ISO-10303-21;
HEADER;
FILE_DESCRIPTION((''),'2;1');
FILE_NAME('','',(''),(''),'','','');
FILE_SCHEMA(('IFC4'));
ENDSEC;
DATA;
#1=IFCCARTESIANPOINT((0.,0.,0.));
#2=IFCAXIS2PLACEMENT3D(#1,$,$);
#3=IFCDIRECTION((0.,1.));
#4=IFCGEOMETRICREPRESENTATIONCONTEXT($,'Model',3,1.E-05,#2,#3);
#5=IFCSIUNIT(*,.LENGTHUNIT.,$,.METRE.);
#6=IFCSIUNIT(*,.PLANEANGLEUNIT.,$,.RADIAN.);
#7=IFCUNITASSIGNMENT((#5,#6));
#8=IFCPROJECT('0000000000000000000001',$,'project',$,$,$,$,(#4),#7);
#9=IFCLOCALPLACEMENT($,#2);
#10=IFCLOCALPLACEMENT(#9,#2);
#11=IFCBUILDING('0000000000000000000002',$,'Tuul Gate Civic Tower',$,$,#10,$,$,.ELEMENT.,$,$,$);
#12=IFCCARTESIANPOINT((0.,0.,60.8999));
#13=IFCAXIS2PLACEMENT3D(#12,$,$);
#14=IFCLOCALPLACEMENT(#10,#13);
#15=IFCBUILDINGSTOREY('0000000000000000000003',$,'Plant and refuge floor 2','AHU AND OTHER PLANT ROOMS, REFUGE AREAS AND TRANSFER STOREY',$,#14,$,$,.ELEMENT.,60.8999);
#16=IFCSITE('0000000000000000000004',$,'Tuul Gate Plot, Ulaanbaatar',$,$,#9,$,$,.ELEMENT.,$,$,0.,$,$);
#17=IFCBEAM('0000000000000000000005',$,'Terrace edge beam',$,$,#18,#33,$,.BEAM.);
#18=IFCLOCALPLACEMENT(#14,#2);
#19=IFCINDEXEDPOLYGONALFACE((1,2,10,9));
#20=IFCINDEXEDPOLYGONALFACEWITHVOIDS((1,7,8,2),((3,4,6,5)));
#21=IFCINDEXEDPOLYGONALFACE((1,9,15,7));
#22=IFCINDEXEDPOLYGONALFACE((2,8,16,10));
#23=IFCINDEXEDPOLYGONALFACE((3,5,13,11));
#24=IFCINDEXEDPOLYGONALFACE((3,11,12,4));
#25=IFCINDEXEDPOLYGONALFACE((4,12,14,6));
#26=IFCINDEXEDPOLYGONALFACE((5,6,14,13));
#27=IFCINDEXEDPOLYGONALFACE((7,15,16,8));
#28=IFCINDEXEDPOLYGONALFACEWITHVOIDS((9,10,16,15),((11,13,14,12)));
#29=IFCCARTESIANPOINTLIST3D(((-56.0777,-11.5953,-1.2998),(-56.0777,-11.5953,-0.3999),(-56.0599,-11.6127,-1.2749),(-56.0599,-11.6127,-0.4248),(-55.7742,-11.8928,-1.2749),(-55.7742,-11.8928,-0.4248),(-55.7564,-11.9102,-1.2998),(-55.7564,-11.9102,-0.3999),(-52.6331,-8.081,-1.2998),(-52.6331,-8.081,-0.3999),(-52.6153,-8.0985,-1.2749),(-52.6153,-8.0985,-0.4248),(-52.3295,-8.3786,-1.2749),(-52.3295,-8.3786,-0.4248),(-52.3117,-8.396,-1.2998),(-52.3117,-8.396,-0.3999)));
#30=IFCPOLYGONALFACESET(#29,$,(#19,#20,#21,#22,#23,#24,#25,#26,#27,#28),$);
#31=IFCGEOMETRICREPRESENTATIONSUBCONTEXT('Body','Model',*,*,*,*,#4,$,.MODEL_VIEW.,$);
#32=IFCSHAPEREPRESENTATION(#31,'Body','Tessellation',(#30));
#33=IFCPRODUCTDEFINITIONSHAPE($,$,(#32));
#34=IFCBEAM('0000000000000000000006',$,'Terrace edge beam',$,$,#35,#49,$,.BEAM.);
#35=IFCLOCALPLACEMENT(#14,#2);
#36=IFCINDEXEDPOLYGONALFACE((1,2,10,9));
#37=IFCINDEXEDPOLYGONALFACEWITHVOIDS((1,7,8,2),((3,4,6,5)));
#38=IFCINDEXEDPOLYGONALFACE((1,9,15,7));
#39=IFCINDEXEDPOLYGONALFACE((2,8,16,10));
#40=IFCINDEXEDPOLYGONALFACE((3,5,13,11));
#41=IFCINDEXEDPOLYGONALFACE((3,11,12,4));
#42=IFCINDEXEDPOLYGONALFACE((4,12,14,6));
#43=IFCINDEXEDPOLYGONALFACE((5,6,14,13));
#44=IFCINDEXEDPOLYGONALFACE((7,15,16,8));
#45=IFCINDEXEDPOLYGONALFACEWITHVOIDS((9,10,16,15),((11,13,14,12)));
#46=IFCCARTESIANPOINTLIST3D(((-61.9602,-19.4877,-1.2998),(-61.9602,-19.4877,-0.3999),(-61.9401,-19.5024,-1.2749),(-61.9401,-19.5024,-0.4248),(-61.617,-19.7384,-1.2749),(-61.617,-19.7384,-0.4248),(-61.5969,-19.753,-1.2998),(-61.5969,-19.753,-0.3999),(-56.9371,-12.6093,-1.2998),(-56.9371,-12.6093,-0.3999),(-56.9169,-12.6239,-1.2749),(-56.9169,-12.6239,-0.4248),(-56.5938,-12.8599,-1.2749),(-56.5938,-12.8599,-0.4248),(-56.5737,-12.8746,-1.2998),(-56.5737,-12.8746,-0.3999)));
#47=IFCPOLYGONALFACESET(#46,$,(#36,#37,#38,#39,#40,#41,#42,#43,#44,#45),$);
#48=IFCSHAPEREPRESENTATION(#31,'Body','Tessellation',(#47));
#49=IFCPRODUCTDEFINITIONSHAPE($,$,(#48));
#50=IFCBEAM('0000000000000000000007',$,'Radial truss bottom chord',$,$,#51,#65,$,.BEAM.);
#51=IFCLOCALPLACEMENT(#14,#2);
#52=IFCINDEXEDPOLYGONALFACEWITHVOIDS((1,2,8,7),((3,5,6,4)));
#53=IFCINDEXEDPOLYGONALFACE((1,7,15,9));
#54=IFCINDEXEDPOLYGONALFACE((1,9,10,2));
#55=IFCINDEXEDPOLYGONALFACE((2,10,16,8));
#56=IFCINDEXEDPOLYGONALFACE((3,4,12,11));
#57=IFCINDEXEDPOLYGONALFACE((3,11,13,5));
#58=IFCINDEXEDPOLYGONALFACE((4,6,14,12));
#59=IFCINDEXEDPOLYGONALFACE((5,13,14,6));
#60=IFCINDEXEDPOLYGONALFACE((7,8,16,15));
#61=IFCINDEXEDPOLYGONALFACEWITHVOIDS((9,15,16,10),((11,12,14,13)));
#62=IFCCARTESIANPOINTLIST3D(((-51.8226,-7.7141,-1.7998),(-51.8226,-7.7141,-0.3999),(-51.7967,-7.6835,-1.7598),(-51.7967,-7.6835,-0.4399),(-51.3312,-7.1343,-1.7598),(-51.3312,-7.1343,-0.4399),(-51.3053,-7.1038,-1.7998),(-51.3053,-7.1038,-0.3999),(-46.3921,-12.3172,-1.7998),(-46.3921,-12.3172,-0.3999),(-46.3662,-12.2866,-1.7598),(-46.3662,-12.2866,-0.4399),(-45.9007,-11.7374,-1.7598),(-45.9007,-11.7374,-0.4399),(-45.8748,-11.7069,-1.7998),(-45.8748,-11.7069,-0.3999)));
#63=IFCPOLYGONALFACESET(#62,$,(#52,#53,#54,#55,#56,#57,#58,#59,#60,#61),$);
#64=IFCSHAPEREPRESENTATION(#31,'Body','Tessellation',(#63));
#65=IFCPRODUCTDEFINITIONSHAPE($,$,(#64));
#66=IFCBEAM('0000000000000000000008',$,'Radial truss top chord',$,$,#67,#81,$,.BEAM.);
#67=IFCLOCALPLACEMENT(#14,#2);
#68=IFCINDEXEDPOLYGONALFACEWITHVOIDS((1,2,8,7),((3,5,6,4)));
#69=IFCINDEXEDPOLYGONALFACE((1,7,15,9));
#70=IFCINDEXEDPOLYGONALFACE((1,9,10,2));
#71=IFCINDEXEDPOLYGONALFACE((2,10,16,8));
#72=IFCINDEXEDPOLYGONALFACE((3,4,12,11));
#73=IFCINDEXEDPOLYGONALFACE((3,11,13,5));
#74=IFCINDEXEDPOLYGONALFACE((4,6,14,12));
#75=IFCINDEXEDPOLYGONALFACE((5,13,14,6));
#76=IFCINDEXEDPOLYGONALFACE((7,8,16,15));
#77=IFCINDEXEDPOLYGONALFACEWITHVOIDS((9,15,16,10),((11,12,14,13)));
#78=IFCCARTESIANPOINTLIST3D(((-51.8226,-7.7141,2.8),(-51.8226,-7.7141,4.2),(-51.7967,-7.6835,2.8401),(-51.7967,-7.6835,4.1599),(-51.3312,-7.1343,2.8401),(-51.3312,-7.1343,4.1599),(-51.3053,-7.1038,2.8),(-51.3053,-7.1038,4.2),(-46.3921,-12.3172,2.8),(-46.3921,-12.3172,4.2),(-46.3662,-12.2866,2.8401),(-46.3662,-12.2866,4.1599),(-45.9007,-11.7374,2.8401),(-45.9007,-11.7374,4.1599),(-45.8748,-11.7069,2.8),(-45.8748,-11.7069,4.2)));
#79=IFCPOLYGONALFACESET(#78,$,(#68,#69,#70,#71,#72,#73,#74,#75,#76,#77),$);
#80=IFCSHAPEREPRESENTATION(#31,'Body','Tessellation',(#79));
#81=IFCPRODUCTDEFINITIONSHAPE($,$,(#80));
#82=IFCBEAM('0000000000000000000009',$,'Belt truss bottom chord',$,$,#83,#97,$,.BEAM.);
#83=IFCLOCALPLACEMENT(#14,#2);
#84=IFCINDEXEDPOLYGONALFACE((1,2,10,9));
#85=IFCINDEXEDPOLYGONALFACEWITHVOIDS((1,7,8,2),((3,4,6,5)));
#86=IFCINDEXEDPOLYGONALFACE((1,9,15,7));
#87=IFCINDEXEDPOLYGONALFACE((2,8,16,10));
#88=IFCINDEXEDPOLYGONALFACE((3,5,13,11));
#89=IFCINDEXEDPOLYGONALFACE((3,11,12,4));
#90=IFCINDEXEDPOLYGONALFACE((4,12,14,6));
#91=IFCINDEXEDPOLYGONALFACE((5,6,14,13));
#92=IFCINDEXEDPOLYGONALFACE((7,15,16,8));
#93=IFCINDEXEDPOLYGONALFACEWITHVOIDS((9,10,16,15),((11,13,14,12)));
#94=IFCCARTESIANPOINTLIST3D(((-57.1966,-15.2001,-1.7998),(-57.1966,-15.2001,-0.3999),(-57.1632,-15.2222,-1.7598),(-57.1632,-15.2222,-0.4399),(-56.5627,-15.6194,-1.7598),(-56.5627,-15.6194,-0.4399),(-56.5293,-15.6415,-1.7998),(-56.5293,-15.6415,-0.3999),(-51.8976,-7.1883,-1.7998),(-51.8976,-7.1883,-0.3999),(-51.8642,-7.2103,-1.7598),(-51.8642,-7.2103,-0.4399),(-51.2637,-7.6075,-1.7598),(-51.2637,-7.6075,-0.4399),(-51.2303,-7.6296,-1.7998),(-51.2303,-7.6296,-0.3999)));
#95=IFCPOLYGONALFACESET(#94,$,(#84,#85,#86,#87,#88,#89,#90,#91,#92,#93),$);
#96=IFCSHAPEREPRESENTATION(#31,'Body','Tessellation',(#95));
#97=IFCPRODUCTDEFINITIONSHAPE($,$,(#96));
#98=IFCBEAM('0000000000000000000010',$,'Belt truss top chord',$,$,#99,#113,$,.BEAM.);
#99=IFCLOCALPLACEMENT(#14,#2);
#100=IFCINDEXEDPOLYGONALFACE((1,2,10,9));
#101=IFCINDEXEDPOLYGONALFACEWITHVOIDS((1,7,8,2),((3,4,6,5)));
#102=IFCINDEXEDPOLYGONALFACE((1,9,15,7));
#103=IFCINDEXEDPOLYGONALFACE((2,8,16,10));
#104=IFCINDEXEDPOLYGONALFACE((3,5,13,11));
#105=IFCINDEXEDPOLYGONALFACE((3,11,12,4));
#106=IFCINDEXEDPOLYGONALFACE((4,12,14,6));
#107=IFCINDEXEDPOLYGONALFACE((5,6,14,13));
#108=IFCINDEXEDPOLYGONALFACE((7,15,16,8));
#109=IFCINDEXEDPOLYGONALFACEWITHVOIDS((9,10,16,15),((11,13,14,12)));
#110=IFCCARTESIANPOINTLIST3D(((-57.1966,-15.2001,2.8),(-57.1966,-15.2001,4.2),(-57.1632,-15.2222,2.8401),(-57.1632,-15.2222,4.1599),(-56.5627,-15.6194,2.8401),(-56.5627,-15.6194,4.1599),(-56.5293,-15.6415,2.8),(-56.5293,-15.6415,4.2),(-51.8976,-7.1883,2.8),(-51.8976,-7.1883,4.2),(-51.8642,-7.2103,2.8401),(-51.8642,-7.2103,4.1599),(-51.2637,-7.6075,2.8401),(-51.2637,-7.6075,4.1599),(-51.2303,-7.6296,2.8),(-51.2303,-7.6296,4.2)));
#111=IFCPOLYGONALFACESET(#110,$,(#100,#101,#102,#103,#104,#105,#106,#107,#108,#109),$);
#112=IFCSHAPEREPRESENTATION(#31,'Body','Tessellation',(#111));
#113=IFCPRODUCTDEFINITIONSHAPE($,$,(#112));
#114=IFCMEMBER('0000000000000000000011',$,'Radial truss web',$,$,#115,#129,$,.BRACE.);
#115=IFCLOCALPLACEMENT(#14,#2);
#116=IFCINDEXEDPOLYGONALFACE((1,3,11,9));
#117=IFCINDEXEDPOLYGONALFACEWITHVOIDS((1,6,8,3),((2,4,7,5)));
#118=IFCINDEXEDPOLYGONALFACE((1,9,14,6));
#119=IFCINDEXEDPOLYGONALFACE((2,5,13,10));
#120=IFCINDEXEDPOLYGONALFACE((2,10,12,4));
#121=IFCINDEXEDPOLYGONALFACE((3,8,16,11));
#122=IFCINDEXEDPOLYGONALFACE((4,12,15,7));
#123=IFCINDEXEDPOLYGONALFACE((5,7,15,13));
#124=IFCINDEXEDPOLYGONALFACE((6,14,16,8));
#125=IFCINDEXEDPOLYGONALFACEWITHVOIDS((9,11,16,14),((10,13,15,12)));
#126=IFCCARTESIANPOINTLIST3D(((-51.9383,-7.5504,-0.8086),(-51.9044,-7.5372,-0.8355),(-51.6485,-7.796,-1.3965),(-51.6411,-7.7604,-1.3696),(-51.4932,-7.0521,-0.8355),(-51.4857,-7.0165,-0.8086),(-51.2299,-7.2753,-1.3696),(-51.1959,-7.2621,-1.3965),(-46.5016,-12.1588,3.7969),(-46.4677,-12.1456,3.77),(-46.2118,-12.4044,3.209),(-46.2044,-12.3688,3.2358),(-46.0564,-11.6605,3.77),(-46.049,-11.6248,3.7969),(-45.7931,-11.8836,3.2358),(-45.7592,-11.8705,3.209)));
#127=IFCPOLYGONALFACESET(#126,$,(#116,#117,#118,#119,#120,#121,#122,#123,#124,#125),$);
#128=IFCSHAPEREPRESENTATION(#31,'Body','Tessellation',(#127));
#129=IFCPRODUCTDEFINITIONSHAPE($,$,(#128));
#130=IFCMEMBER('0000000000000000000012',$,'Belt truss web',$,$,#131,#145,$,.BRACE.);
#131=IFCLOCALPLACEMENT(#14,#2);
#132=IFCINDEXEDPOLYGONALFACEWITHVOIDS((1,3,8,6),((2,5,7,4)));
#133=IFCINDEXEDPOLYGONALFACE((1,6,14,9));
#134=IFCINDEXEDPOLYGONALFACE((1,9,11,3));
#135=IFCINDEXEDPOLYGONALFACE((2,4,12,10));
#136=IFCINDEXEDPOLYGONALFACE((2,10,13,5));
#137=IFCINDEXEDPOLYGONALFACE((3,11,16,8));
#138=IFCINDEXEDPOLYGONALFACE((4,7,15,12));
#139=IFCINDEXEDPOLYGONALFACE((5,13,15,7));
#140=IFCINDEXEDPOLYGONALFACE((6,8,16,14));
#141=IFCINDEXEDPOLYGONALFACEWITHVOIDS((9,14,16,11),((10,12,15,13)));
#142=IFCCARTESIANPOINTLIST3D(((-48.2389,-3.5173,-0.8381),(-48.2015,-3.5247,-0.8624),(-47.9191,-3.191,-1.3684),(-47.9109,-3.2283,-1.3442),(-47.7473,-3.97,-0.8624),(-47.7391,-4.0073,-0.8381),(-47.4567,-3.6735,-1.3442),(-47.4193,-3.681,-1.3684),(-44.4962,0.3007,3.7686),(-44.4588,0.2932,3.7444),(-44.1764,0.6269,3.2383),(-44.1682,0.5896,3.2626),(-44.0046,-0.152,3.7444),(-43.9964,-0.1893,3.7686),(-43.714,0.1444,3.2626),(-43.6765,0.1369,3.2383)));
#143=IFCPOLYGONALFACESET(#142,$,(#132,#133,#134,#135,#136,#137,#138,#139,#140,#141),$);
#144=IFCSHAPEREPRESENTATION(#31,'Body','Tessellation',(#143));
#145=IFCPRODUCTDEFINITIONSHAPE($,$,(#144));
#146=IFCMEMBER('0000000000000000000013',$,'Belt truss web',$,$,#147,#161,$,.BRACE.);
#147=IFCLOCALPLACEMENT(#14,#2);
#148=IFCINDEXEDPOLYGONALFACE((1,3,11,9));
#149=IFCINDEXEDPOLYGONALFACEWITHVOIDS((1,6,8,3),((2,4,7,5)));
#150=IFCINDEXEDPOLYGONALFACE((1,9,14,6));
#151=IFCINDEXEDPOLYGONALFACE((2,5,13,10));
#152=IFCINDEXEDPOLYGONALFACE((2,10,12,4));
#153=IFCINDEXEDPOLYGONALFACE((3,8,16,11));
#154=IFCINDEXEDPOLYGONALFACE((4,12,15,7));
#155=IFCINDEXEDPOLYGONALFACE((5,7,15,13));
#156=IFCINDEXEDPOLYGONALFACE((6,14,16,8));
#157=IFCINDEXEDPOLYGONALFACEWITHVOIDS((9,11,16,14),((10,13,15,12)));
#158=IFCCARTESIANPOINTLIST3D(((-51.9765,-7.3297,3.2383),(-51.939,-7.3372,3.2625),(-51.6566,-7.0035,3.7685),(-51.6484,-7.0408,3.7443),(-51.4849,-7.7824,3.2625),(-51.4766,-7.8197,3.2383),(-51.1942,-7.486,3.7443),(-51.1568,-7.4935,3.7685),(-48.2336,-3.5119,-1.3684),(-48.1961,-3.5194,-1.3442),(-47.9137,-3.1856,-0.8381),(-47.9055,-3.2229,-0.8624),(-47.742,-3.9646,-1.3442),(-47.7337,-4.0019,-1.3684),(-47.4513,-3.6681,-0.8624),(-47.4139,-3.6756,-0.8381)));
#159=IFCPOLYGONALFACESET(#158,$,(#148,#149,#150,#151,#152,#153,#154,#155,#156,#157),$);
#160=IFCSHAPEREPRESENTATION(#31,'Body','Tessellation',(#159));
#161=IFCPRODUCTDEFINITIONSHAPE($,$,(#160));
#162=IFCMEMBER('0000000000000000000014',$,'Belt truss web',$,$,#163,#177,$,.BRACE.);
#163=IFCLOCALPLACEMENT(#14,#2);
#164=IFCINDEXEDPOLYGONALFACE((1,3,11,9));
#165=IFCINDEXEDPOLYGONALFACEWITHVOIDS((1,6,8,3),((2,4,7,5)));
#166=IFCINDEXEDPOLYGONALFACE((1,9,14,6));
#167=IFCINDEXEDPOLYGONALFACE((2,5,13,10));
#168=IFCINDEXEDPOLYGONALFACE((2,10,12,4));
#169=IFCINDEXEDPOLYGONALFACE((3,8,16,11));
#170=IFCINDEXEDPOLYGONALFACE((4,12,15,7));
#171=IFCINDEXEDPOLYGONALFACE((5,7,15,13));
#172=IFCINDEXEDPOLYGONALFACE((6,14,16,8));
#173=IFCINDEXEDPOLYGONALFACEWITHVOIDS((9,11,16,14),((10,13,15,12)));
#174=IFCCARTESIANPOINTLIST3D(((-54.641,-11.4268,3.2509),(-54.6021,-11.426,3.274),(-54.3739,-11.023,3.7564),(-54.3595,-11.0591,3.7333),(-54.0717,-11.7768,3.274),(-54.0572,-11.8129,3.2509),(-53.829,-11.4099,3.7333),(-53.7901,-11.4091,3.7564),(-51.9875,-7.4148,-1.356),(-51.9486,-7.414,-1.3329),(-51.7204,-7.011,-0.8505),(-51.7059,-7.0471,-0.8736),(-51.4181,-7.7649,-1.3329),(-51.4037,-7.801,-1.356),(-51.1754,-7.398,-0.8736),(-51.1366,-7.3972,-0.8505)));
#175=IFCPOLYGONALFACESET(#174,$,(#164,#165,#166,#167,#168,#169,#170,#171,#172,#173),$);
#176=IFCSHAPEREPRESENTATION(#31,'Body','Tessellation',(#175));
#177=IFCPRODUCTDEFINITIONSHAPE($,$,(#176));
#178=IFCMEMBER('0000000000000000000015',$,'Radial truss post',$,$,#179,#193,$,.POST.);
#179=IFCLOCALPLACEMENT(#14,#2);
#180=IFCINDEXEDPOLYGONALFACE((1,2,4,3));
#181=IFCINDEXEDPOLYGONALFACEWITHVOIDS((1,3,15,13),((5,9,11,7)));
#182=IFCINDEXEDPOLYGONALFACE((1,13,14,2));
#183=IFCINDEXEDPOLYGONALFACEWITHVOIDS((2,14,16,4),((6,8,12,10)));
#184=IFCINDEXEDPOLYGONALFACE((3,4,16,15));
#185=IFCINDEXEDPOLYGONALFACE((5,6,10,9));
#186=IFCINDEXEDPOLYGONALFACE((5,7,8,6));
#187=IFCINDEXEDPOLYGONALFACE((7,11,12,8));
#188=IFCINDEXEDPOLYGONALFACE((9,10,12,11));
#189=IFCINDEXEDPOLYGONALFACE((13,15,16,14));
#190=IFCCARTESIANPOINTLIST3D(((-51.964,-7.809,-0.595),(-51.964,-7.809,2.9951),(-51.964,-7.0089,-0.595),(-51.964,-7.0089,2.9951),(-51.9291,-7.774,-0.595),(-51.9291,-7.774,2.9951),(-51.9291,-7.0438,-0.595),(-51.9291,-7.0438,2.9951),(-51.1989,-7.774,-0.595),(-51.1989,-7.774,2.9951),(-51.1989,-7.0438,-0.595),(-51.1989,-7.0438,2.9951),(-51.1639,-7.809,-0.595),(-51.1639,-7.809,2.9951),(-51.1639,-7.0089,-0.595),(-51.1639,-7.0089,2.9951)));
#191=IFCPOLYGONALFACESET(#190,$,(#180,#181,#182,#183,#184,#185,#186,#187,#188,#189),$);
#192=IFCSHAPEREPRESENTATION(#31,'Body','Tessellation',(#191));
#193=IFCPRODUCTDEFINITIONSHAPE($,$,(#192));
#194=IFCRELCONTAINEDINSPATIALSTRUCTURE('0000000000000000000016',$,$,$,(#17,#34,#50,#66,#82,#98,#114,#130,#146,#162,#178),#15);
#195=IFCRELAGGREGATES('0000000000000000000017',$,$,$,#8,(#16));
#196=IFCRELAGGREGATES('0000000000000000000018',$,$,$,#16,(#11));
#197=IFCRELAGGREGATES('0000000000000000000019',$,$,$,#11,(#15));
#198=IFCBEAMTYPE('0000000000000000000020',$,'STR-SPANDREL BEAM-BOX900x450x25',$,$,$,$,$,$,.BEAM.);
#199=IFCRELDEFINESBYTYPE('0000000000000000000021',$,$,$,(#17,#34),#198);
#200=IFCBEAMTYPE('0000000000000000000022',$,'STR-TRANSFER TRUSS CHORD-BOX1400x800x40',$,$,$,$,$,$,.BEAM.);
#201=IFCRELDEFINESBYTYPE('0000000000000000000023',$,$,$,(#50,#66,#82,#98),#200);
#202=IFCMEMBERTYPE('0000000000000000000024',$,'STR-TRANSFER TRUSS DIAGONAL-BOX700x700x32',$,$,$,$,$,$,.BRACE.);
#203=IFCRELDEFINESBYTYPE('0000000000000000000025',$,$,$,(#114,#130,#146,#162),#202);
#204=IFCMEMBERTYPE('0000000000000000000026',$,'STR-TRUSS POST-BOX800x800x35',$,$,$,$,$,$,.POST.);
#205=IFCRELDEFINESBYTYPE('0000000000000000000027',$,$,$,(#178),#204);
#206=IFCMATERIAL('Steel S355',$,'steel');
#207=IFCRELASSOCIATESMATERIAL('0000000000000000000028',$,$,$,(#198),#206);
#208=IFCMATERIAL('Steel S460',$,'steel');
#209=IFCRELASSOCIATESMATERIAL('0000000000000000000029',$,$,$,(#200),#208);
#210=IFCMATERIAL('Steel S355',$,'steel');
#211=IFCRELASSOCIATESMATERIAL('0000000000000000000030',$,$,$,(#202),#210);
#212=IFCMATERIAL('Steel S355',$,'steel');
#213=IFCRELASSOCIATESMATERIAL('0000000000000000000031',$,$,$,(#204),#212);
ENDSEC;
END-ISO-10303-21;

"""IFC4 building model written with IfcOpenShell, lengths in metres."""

from ifc_helpers import new_model, si_unit, direction, frame, origin, origin_2d, place, context, subcontext, project, spatial, hollow_rectangle, extrude, material, material_profile, profile_set, type_object, element, save


model = new_model("IFC4")

# Units and contexts
model_context = context("Model", 3, precision=1e-05, world=origin(), true_north=direction((0.0, 1.0)))
body_context = subcontext(model_context, "Body", "Model", "MODEL_VIEW")
ifc_project = project(units=[si_unit("LENGTHUNIT", "METRE"), si_unit("PLANEANGLEUNIT", "RADIAN")], contexts=[model_context])

# Site, building, storey
site_placement = place(None, origin())
site = spatial("IfcSite", under=ifc_project, at=site_placement, Name="Tuul Gate Plot, Ulaanbaatar", CompositionType="ELEMENT", RefElevation=0.0)
building_placement = place(site_placement, origin())
building = spatial("IfcBuilding", under=site, at=building_placement, Name="Tuul Gate Civic Tower", CompositionType="ELEMENT")
storey_placement = place(building_placement, frame((0.0, 0.0, 60.8999)))
storey = spatial("IfcBuildingStorey", under=building, at=storey_placement, Name="Plant and refuge floor 2", Description="AHU AND OTHER PLANT ROOMS, REFUGE AREAS AND TRANSFER STOREY", CompositionType="ELEMENT", Elevation=60.8999)

# Beams
ifc_material_1 = material(Name="Steel S355", Category="steel")
ifc_material_profile_1 = material_profile(ifc_material_1, hollow_rectangle(XDim=0.45, YDim=0.8999, WallThickness=0.0249, at=origin_2d()), Name="BOX900x450x25")
ifc_profile_set_1 = profile_set([ifc_material_profile_1], Name="Steel S355")
beam_type_1 = type_object("IfcBeamType", Name="STR-SPANDREL BEAM-BOX900x450x25", PredefinedType="BEAM", material=ifc_profile_set_1)
beam_1_placement = place(storey_placement, frame((-52.4724, -8.2385, -0.8499), z_axis=(-0.700001, -0.714141, 0.0), x_axis=(0.714141, -0.700001, 0.0)))
element("IfcBeam", 1, at=beam_1_placement, inside=storey, type_object=beam_type_1, Name="Terrace edge beam", PredefinedType="BEAM", context=body_context, shape_type="SweptSolid", body=[
    extrude(hollow_rectangle(XDim=0.45, YDim=0.8999, WallThickness=0.0249, at=origin_2d()), origin(), (0.0, 0.0, 1.0), 4.9209),
])
beam_2_placement = place(storey_placement, frame((-56.7554, -12.7419, -0.8499), z_axis=(-0.589761, -0.807578, 0.0), x_axis=(0.807578, -0.589761, 0.0)))
element("IfcBeam", 2, at=beam_2_placement, inside=storey, type_object=beam_type_1, Name="Terrace edge beam", PredefinedType="BEAM", context=body_context, shape_type="SweptSolid", body=[
    extrude(hollow_rectangle(XDim=0.45, YDim=0.8999, WallThickness=0.0249, at=origin_2d()), origin(), (0.0, 0.0, 1.0), 8.5173),
])
ifc_material_2 = material(Name="Steel S460", Category="steel")
ifc_material_profile_2 = material_profile(ifc_material_2, hollow_rectangle(XDim=0.8, YDim=1.3999, WallThickness=0.04, at=origin_2d()), Name="BOX1400x800x40")
ifc_profile_set_2 = profile_set([ifc_material_profile_2], Name="Steel S460")
beam_type_2 = type_object("IfcBeamType", Name="STR-TRANSFER TRUSS CHORD-BOX1400x800x40", PredefinedType="BEAM", material=ifc_profile_set_2)
for number, where, z_axis, x_axis, name in (
    (3, (-51.564, -7.4089, -1.0999), (0.762828, -0.646602, 0.0), (0.646602, 0.762828, 0.0), "Radial truss bottom chord"),
    (4, (-51.564, -7.4089, 3.5), (0.762828, -0.646602, 0.0), (0.646602, 0.762828, 0.0), "Radial truss top chord"),
):
    element("IfcBeam", number, at=place(storey_placement, frame(where, z_axis=z_axis, x_axis=x_axis)), inside=storey, type_object=beam_type_2, Name=name, PredefinedType="BEAM", context=body_context, shape_type="SweptSolid", body=[
        extrude(hollow_rectangle(XDim=0.8, YDim=1.3999, WallThickness=0.04, at=origin_2d()), origin(), (0.0, 0.0, 1.0), 7.1189),
    ])
for number, where, z_axis, x_axis, name in (
    (5, (-51.564, -7.4089, -1.0999), (-0.551652, -0.834074, 0.0), (0.834074, -0.551652, 0.0), "Belt truss bottom chord"),
    (6, (-51.564, -7.4089, 3.5), (-0.551652, -0.834074, 0.0), (0.834074, -0.551652, 0.0), "Belt truss top chord"),
):
    element("IfcBeam", number, at=place(storey_placement, frame(where, z_axis=z_axis, x_axis=x_axis)), inside=storey, type_object=beam_type_2, Name=name, PredefinedType="BEAM", context=body_context, shape_type="SweptSolid", body=[
        extrude(hollow_rectangle(XDim=0.8, YDim=1.3999, WallThickness=0.04, at=origin_2d()), origin(), (0.0, 0.0, 1.0), 9.6057),
    ])

# Members
ifc_material_3 = material(Name="Steel S355", Category="steel")
ifc_material_profile_3 = material_profile(ifc_material_3, hollow_rectangle(XDim=0.7, YDim=0.7, WallThickness=0.032, at=origin_2d()), Name="BOX700x700x32")
ifc_profile_set_3 = profile_set([ifc_material_profile_3], Name="Steel S355")
member_type_1 = type_object("IfcMemberType", Name="STR-TRANSFER TRUSS DIAGONAL-BOX700x700x32", PredefinedType="BRACE", material=ifc_profile_set_3)
member_1_placement = place(storey_placement, frame((-51.5671, -7.4062, -1.1025), z_axis=(0.640702, -0.543082, 0.542737), x_axis=(0.646601, 0.762829, 0.0)))
element("IfcMember", 7, at=member_1_placement, inside=storey, type_object=member_type_1, Name="Radial truss web", PredefinedType="BRACE", context=body_context, shape_type="SweptSolid", body=[
    extrude(hollow_rectangle(XDim=0.7, YDim=0.7, WallThickness=0.032, at=origin_2d()), origin(), (0.0, 0.0, 1.0), 8.4856),
])
for number, where, z_axis, x_axis, name in (
    (8, (-47.8291, -3.5991, -1.1033), (0.530328, 0.540983, 0.652756), (-0.714104, 0.700039, 0.0), "Belt truss web"),
    (9, (-47.8237, -3.5938, -1.1033), (-0.530352, -0.540973, 0.652744), (0.714081, -0.700063, 0.0), "Belt truss web"),
):
    element("IfcMember", number, at=place(storey_placement, frame(where, z_axis=z_axis, x_axis=x_axis)), inside=storey, type_object=member_type_1, Name=name, PredefinedType="BRACE", context=body_context, shape_type="SweptSolid", body=[
        extrude(hollow_rectangle(XDim=0.7, YDim=0.7, WallThickness=0.032, at=origin_2d()), origin(), (0.0, 0.0, 1.0), 7.0574),
    ])
member_2_placement = place(storey_placement, frame((-51.562, -7.406, -1.1033), z_axis=(-0.398408, -0.60236, 0.691689), x_axis=(0.834067, -0.551663, 0.0)))
element("IfcMember", 10, at=member_2_placement, inside=storey, type_object=member_type_1, Name="Belt truss web", PredefinedType="BRACE", context=body_context, shape_type="SweptSolid", body=[
    extrude(hollow_rectangle(XDim=0.7, YDim=0.7, WallThickness=0.032, at=origin_2d()), origin(), (0.0, 0.0, 1.0), 6.6604),
])
ifc_material_4 = material(Name="Steel S355", Category="steel")
ifc_material_profile_4 = material_profile(ifc_material_4, hollow_rectangle(XDim=0.8, YDim=0.8, WallThickness=0.0349, at=origin_2d()), Name="BOX800x800x35")
ifc_profile_set_4 = profile_set([ifc_material_profile_4], Name="Steel S355")
member_type_2 = type_object("IfcMemberType", Name="STR-TRUSS POST-BOX800x800x35", PredefinedType="POST", material=ifc_profile_set_4)
member_3_placement = place(storey_placement, frame((-51.564, -7.4089, -0.595), z_axis=(0.0, 0.0, 1.0), x_axis=(1.0, 0.0, 0.0)))
element("IfcMember", 11, at=member_3_placement, inside=storey, type_object=member_type_2, Name="Radial truss post", PredefinedType="POST", context=body_context, shape_type="SweptSolid", body=[
    extrude(hollow_rectangle(XDim=0.8, YDim=0.8, WallThickness=0.0349, at=origin_2d()), origin(), (0.0, 0.0, 1.0), 3.5901),
])

save(model, "model.ifc")
